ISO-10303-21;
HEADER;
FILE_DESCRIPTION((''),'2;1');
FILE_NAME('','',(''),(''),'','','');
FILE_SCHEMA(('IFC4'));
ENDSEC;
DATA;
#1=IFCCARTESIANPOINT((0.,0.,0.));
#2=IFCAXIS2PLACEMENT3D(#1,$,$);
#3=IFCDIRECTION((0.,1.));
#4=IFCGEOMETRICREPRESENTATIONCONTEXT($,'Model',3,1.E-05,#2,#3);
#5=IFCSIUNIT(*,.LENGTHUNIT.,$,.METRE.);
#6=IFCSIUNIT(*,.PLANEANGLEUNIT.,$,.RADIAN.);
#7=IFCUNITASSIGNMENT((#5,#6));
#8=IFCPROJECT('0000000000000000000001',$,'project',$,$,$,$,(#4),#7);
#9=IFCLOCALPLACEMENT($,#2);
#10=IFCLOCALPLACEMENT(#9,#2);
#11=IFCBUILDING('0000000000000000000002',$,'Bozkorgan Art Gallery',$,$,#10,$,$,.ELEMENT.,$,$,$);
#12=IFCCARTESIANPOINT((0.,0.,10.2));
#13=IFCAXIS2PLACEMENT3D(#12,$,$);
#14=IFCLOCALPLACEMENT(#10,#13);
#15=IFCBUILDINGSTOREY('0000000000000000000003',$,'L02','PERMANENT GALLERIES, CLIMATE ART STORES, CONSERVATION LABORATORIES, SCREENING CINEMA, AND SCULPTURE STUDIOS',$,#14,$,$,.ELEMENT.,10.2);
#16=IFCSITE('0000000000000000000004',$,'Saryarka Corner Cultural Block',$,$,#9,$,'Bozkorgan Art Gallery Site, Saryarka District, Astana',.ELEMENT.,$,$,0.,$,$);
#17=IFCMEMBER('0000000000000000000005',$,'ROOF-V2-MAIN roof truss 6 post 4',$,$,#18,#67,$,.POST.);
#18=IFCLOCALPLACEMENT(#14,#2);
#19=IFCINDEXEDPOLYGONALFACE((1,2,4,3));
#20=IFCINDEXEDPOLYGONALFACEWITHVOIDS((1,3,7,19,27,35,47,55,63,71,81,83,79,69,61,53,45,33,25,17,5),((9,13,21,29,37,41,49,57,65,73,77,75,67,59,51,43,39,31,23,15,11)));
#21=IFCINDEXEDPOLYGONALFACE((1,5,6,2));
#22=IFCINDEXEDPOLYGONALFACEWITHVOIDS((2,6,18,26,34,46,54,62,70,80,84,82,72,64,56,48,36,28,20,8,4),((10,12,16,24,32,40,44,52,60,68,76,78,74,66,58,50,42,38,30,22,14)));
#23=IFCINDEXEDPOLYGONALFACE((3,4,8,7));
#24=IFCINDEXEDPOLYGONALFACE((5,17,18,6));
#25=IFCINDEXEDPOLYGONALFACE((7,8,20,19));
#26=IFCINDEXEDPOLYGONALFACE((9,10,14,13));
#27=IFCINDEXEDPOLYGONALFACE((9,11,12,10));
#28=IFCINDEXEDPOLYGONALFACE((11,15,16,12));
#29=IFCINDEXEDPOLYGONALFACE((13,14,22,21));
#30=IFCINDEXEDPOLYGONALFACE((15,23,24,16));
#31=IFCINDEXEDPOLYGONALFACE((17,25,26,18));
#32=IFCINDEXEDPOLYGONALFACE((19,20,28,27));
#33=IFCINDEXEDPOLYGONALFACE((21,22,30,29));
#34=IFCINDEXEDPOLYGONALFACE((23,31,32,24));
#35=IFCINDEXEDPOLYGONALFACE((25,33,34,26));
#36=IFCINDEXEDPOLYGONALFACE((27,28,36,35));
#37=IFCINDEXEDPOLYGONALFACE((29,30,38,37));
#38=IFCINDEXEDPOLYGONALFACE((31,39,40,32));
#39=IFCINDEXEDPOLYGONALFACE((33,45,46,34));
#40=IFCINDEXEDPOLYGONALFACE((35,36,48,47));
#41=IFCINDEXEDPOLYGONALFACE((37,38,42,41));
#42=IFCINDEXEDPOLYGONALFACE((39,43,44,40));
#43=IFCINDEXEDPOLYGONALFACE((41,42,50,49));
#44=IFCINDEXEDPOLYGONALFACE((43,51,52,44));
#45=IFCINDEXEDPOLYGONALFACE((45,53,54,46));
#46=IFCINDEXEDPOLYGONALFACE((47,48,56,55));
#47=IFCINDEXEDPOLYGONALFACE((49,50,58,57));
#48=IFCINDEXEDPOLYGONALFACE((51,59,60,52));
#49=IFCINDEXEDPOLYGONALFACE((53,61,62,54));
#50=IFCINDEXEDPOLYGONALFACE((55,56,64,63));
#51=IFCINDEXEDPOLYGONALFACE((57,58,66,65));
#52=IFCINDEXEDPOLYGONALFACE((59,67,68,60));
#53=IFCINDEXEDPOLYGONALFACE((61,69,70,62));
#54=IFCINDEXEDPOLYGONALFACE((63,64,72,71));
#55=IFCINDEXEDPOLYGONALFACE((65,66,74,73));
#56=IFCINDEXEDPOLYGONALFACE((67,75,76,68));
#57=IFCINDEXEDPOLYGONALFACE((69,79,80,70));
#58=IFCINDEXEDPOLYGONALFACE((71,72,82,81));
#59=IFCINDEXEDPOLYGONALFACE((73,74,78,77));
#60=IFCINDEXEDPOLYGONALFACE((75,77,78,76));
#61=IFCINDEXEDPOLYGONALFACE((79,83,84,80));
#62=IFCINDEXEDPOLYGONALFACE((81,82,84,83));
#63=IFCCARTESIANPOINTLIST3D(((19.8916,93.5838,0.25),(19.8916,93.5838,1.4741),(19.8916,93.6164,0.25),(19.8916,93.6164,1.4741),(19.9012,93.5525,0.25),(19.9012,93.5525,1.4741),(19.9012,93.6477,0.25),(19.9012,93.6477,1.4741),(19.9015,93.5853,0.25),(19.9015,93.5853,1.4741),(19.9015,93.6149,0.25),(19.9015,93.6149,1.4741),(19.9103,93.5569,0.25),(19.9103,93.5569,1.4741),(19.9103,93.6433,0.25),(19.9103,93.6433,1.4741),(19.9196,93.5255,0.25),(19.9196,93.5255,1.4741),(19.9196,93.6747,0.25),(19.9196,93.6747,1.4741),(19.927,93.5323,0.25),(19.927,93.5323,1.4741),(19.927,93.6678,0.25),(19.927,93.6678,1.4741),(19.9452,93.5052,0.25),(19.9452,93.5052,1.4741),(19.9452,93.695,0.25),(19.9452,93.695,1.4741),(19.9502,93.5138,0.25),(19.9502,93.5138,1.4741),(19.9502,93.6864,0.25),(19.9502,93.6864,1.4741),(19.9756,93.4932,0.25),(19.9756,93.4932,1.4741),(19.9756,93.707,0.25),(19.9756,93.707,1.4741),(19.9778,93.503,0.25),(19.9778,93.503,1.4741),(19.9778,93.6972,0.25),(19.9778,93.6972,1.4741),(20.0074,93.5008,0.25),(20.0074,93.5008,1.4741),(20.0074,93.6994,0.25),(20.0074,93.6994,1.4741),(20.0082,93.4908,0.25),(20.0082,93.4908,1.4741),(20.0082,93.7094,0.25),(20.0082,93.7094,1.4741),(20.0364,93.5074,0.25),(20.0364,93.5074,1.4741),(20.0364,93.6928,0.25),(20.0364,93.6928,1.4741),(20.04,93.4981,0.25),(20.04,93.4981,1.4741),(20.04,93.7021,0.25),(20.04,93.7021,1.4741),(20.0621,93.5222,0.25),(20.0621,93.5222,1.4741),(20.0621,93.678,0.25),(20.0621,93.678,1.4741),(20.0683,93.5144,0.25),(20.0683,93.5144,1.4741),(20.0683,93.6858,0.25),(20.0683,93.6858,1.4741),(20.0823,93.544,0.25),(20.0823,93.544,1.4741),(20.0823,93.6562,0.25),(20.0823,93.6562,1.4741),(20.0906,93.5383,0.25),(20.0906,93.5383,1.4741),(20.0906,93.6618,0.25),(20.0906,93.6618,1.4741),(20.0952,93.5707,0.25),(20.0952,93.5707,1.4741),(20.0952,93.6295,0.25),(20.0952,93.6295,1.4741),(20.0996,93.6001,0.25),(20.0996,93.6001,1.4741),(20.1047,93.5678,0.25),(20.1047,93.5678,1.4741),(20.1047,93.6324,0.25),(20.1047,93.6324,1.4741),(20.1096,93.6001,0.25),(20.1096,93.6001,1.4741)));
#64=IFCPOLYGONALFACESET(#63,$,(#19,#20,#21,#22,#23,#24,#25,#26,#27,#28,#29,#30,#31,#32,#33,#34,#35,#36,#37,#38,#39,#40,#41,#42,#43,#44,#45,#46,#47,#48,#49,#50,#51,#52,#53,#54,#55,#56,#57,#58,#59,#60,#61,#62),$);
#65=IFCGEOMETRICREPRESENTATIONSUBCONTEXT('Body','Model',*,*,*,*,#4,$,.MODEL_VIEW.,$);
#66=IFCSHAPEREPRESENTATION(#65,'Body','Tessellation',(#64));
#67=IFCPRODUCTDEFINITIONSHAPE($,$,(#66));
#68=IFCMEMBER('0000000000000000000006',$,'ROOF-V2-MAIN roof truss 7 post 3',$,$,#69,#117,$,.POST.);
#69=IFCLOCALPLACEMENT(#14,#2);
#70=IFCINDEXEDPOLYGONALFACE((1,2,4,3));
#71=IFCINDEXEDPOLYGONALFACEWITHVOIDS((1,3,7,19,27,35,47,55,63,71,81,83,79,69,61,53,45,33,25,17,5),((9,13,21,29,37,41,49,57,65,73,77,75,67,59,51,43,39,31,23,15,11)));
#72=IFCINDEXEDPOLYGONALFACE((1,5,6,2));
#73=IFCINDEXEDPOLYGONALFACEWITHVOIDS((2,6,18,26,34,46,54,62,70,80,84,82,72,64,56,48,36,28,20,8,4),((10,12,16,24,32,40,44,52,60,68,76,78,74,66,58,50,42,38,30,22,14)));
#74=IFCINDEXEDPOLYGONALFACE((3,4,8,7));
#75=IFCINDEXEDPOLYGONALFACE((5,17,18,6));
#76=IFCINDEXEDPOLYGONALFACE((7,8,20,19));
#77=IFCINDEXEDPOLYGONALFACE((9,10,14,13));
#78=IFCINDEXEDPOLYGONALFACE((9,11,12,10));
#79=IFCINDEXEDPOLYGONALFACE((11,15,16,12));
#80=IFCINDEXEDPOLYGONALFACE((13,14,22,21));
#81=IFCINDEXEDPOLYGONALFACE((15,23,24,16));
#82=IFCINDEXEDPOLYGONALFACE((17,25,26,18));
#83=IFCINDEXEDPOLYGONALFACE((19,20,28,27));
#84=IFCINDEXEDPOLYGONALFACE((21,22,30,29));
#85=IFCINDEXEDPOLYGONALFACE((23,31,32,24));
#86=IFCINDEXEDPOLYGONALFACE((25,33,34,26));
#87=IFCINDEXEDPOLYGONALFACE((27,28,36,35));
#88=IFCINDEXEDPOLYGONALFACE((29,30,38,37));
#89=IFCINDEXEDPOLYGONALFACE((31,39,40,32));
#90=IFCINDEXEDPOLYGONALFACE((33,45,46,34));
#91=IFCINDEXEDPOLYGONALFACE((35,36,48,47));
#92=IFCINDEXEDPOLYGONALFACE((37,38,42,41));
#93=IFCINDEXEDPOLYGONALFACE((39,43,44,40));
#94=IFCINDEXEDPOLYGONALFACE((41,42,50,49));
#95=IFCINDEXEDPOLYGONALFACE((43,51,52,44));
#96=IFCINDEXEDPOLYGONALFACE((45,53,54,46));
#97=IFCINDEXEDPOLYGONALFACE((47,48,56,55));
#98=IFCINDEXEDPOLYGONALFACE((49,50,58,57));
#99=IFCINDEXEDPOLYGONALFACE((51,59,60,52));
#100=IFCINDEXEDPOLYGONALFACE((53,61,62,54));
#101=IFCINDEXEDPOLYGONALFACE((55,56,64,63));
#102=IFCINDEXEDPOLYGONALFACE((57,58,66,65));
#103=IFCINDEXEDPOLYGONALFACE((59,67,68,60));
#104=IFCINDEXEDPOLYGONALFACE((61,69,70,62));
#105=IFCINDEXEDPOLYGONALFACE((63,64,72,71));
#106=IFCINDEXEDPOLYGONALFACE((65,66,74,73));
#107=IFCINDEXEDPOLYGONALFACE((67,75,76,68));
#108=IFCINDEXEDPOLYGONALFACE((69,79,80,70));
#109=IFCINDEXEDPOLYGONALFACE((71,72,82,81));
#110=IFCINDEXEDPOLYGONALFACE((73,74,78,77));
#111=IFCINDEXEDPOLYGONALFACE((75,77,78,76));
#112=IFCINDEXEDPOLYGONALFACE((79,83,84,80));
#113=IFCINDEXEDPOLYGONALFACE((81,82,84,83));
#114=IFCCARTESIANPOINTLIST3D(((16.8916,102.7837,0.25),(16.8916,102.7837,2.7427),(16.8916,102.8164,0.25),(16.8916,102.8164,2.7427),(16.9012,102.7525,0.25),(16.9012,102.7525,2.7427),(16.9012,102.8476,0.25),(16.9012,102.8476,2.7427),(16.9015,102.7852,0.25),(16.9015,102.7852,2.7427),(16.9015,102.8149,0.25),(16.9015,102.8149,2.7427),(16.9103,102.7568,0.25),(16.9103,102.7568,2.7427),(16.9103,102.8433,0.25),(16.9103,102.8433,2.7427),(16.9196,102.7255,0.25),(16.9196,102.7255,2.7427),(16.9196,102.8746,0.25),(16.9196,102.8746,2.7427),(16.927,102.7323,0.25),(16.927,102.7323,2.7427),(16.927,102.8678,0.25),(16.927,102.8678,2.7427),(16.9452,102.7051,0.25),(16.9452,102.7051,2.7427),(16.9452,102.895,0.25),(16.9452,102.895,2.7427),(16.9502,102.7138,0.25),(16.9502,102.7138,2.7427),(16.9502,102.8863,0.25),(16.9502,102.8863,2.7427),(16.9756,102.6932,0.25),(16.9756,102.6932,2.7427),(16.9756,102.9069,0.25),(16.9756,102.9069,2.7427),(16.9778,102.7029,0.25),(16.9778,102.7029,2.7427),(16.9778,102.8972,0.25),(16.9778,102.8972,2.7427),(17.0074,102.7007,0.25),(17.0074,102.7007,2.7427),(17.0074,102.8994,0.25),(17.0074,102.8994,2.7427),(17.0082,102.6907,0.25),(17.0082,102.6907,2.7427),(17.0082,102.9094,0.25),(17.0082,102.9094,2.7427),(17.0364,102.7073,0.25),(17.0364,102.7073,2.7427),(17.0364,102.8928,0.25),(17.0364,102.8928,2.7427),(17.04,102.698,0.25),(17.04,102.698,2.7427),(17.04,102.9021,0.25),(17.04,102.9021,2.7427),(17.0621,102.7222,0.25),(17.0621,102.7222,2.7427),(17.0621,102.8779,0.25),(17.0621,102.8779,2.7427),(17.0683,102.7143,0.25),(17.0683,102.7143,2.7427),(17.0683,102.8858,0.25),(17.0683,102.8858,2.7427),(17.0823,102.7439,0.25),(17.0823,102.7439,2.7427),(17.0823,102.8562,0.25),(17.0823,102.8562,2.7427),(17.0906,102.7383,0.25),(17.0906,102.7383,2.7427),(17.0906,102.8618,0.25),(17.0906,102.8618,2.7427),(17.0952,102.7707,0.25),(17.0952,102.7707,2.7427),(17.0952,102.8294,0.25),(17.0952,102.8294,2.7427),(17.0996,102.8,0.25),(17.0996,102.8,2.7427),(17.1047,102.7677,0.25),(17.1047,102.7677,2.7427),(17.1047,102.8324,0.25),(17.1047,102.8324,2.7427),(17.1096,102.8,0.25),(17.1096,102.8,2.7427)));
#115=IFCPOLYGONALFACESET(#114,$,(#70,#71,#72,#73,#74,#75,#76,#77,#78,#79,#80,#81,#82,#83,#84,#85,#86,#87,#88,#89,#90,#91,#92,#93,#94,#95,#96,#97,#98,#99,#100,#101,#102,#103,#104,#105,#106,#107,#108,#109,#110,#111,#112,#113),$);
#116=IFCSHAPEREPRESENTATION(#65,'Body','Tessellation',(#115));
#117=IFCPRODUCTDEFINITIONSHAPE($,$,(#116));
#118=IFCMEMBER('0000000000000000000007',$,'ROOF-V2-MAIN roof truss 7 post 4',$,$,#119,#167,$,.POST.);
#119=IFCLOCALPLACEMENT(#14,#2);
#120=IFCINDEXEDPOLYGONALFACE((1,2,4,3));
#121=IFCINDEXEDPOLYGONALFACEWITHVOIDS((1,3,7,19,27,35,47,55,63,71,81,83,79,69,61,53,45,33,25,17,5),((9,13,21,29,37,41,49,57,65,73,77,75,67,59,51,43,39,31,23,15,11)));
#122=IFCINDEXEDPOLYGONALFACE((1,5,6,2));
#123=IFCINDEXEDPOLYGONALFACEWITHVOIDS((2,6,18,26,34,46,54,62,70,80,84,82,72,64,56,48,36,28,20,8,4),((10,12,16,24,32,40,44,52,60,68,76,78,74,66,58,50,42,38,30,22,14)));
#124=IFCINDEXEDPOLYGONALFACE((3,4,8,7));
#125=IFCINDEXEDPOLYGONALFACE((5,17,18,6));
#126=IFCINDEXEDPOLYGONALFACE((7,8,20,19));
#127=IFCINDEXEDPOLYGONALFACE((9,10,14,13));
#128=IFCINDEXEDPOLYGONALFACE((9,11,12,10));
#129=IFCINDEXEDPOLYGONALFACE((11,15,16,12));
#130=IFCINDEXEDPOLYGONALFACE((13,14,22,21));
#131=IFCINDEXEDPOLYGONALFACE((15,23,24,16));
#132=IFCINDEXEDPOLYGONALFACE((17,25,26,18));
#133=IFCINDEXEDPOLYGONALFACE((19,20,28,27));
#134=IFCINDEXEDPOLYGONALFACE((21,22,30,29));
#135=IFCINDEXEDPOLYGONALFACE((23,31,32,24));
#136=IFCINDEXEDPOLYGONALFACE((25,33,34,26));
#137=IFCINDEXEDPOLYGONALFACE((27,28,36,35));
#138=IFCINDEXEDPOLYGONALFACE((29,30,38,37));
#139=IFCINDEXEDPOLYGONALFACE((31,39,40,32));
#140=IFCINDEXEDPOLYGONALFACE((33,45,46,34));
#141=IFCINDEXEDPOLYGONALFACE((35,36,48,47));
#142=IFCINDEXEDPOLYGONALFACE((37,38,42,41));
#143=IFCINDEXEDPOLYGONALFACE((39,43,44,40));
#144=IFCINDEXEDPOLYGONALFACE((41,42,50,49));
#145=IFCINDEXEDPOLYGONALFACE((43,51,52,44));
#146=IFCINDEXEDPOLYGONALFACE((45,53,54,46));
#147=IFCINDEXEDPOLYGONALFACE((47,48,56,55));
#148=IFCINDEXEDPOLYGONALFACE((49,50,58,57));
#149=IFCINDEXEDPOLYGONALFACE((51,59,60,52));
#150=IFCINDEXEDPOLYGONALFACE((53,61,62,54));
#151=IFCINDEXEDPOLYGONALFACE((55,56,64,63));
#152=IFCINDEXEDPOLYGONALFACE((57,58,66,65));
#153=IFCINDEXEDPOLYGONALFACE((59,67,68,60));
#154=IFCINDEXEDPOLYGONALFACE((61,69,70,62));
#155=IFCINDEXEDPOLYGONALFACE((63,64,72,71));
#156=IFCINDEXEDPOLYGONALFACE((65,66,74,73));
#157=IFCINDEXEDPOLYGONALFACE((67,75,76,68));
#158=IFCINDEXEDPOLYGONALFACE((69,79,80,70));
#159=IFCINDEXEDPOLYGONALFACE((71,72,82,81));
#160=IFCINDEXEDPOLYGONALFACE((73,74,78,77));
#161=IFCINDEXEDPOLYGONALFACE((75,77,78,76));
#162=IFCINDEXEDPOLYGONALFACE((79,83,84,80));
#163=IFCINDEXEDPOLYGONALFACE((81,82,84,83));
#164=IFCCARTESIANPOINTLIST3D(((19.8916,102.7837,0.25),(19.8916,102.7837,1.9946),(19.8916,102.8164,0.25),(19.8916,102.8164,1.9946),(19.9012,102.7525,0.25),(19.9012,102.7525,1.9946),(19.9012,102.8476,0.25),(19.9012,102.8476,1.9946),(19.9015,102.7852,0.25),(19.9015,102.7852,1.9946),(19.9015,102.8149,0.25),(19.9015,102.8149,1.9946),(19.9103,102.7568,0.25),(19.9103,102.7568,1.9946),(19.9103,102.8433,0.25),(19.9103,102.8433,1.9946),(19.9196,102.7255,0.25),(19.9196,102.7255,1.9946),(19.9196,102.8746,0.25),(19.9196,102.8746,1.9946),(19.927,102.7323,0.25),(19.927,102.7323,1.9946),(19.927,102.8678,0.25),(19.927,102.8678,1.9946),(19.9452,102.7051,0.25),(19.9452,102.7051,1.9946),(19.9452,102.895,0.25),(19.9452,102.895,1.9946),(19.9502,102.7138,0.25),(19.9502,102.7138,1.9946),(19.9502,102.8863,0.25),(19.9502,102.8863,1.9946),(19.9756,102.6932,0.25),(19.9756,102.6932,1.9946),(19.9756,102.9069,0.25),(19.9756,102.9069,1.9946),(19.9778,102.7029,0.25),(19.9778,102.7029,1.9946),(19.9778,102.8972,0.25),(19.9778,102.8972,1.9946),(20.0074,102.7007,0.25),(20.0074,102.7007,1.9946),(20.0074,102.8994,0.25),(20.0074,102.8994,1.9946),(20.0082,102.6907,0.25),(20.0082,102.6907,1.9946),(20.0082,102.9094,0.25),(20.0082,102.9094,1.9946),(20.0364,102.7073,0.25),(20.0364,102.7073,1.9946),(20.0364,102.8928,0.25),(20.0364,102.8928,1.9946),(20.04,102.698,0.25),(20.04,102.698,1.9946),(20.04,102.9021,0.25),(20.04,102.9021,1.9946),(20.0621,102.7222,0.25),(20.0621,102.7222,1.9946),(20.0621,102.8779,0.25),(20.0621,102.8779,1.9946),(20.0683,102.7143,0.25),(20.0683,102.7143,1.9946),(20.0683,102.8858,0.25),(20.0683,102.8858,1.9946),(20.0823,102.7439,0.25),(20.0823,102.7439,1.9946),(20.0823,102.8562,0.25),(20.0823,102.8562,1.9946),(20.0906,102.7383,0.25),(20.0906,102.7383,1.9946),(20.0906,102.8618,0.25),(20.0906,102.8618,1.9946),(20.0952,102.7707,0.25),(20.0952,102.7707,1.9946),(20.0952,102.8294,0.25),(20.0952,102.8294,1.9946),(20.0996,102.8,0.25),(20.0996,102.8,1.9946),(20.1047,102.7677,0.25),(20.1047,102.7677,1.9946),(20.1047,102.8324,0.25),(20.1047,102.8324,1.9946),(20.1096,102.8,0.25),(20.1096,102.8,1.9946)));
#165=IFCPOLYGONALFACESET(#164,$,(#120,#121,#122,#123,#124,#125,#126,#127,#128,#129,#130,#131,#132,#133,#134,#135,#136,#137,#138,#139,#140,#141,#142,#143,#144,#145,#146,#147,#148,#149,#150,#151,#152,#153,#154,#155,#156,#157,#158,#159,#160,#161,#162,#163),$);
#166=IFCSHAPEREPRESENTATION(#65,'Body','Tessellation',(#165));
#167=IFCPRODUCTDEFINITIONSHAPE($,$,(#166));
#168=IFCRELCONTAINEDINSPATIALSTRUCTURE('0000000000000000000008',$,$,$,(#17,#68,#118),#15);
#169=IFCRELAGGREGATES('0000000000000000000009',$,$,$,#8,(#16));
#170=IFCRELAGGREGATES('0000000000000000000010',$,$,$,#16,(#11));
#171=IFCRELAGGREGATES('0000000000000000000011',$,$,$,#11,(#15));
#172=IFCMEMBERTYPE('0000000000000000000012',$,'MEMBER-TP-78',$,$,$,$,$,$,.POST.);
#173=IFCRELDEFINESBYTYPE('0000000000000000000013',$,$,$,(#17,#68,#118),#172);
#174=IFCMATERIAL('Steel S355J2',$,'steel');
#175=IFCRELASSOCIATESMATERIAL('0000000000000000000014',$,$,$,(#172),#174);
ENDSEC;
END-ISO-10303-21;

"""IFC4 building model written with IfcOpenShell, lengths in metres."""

from ifc_helpers import new_model, si_unit, direction, frame, origin, origin_2d, place, context, subcontext, project, spatial, hollow_circle, extrude, material, material_profile, profile_set, type_object, element, save


model = new_model("IFC4")

# Units and contexts
model_context = context("Model", 3, precision=1e-05, world=origin(), true_north=direction((0.0, 1.0)))
body_context = subcontext(model_context, "Body", "Model", "MODEL_VIEW")
ifc_project = project(units=[si_unit("LENGTHUNIT", "METRE"), si_unit("PLANEANGLEUNIT", "RADIAN")], contexts=[model_context])

# Site, building, storey
site_placement = place(None, origin())
site = spatial("IfcSite", under=ifc_project, at=site_placement, Name="Saryarka Corner Cultural Block", LongName="Bozkorgan Art Gallery Site, Saryarka District, Astana", CompositionType="ELEMENT", RefElevation=0.0)
building_placement = place(site_placement, origin())
building = spatial("IfcBuilding", under=site, at=building_placement, Name="Bozkorgan Art Gallery", CompositionType="ELEMENT")
storey_placement = place(building_placement, frame((0.0, 0.0, 10.2)))
storey = spatial("IfcBuildingStorey", under=building, at=storey_placement, Name="L02", Description="PERMANENT GALLERIES, CLIMATE ART STORES, CONSERVATION LABORATORIES, SCREENING CINEMA, AND SCULPTURE STUDIOS", CompositionType="ELEMENT", Elevation=10.2)

# Members
ifc_material = material(Name="Steel S355J2", Category="steel")
ifc_material_profile_1 = material_profile(ifc_material, hollow_circle(Radius=0.1096, WallThickness=0.01, at=origin_2d()), Name="CHS 219.1x10")
ifc_profile_set_1 = profile_set([ifc_material_profile_1], Name="Steel S355J2")
member_type_1 = type_object("IfcMemberType", Name="MEMBER-TP-78", PredefinedType="POST", material=ifc_profile_set_1)
member_1_placement = place(storey_placement, frame((20.0, 93.6001, 0.25), z_axis=(0.0, 0.0, 1.0), x_axis=(1.0, 0.0, 0.0)))
element("IfcMember", 1, at=member_1_placement, inside=storey, type_object=member_type_1, Name="ROOF-V2-MAIN roof truss 6 post 4", PredefinedType="POST", context=body_context, shape_type="SweptSolid", body=[
    extrude(hollow_circle(Radius=0.1096, WallThickness=0.01, at=origin_2d()), origin(), (0.0, 0.0, 1.0), 1.2241),
])
member_2_placement = place(storey_placement, frame((17.0, 102.8, 0.25), z_axis=(0.0, 0.0, 1.0), x_axis=(1.0, 0.0, 0.0)))
element("IfcMember", 2, at=member_2_placement, inside=storey, type_object=member_type_1, Name="ROOF-V2-MAIN roof truss 7 post 3", PredefinedType="POST", context=body_context, shape_type="SweptSolid", body=[
    extrude(hollow_circle(Radius=0.1096, WallThickness=0.01, at=origin_2d()), origin(), (0.0, 0.0, 1.0), 2.4927),
])
member_3_placement = place(storey_placement, frame((20.0, 102.8, 0.25), z_axis=(0.0, 0.0, 1.0), x_axis=(1.0, 0.0, 0.0)))
element("IfcMember", 3, at=member_3_placement, inside=storey, type_object=member_type_1, Name="ROOF-V2-MAIN roof truss 7 post 4", PredefinedType="POST", context=body_context, shape_type="SweptSolid", body=[
    extrude(hollow_circle(Radius=0.1096, WallThickness=0.01, at=origin_2d()), origin(), (0.0, 0.0, 1.0), 1.7446),
])

save(model, "model.ifc")
